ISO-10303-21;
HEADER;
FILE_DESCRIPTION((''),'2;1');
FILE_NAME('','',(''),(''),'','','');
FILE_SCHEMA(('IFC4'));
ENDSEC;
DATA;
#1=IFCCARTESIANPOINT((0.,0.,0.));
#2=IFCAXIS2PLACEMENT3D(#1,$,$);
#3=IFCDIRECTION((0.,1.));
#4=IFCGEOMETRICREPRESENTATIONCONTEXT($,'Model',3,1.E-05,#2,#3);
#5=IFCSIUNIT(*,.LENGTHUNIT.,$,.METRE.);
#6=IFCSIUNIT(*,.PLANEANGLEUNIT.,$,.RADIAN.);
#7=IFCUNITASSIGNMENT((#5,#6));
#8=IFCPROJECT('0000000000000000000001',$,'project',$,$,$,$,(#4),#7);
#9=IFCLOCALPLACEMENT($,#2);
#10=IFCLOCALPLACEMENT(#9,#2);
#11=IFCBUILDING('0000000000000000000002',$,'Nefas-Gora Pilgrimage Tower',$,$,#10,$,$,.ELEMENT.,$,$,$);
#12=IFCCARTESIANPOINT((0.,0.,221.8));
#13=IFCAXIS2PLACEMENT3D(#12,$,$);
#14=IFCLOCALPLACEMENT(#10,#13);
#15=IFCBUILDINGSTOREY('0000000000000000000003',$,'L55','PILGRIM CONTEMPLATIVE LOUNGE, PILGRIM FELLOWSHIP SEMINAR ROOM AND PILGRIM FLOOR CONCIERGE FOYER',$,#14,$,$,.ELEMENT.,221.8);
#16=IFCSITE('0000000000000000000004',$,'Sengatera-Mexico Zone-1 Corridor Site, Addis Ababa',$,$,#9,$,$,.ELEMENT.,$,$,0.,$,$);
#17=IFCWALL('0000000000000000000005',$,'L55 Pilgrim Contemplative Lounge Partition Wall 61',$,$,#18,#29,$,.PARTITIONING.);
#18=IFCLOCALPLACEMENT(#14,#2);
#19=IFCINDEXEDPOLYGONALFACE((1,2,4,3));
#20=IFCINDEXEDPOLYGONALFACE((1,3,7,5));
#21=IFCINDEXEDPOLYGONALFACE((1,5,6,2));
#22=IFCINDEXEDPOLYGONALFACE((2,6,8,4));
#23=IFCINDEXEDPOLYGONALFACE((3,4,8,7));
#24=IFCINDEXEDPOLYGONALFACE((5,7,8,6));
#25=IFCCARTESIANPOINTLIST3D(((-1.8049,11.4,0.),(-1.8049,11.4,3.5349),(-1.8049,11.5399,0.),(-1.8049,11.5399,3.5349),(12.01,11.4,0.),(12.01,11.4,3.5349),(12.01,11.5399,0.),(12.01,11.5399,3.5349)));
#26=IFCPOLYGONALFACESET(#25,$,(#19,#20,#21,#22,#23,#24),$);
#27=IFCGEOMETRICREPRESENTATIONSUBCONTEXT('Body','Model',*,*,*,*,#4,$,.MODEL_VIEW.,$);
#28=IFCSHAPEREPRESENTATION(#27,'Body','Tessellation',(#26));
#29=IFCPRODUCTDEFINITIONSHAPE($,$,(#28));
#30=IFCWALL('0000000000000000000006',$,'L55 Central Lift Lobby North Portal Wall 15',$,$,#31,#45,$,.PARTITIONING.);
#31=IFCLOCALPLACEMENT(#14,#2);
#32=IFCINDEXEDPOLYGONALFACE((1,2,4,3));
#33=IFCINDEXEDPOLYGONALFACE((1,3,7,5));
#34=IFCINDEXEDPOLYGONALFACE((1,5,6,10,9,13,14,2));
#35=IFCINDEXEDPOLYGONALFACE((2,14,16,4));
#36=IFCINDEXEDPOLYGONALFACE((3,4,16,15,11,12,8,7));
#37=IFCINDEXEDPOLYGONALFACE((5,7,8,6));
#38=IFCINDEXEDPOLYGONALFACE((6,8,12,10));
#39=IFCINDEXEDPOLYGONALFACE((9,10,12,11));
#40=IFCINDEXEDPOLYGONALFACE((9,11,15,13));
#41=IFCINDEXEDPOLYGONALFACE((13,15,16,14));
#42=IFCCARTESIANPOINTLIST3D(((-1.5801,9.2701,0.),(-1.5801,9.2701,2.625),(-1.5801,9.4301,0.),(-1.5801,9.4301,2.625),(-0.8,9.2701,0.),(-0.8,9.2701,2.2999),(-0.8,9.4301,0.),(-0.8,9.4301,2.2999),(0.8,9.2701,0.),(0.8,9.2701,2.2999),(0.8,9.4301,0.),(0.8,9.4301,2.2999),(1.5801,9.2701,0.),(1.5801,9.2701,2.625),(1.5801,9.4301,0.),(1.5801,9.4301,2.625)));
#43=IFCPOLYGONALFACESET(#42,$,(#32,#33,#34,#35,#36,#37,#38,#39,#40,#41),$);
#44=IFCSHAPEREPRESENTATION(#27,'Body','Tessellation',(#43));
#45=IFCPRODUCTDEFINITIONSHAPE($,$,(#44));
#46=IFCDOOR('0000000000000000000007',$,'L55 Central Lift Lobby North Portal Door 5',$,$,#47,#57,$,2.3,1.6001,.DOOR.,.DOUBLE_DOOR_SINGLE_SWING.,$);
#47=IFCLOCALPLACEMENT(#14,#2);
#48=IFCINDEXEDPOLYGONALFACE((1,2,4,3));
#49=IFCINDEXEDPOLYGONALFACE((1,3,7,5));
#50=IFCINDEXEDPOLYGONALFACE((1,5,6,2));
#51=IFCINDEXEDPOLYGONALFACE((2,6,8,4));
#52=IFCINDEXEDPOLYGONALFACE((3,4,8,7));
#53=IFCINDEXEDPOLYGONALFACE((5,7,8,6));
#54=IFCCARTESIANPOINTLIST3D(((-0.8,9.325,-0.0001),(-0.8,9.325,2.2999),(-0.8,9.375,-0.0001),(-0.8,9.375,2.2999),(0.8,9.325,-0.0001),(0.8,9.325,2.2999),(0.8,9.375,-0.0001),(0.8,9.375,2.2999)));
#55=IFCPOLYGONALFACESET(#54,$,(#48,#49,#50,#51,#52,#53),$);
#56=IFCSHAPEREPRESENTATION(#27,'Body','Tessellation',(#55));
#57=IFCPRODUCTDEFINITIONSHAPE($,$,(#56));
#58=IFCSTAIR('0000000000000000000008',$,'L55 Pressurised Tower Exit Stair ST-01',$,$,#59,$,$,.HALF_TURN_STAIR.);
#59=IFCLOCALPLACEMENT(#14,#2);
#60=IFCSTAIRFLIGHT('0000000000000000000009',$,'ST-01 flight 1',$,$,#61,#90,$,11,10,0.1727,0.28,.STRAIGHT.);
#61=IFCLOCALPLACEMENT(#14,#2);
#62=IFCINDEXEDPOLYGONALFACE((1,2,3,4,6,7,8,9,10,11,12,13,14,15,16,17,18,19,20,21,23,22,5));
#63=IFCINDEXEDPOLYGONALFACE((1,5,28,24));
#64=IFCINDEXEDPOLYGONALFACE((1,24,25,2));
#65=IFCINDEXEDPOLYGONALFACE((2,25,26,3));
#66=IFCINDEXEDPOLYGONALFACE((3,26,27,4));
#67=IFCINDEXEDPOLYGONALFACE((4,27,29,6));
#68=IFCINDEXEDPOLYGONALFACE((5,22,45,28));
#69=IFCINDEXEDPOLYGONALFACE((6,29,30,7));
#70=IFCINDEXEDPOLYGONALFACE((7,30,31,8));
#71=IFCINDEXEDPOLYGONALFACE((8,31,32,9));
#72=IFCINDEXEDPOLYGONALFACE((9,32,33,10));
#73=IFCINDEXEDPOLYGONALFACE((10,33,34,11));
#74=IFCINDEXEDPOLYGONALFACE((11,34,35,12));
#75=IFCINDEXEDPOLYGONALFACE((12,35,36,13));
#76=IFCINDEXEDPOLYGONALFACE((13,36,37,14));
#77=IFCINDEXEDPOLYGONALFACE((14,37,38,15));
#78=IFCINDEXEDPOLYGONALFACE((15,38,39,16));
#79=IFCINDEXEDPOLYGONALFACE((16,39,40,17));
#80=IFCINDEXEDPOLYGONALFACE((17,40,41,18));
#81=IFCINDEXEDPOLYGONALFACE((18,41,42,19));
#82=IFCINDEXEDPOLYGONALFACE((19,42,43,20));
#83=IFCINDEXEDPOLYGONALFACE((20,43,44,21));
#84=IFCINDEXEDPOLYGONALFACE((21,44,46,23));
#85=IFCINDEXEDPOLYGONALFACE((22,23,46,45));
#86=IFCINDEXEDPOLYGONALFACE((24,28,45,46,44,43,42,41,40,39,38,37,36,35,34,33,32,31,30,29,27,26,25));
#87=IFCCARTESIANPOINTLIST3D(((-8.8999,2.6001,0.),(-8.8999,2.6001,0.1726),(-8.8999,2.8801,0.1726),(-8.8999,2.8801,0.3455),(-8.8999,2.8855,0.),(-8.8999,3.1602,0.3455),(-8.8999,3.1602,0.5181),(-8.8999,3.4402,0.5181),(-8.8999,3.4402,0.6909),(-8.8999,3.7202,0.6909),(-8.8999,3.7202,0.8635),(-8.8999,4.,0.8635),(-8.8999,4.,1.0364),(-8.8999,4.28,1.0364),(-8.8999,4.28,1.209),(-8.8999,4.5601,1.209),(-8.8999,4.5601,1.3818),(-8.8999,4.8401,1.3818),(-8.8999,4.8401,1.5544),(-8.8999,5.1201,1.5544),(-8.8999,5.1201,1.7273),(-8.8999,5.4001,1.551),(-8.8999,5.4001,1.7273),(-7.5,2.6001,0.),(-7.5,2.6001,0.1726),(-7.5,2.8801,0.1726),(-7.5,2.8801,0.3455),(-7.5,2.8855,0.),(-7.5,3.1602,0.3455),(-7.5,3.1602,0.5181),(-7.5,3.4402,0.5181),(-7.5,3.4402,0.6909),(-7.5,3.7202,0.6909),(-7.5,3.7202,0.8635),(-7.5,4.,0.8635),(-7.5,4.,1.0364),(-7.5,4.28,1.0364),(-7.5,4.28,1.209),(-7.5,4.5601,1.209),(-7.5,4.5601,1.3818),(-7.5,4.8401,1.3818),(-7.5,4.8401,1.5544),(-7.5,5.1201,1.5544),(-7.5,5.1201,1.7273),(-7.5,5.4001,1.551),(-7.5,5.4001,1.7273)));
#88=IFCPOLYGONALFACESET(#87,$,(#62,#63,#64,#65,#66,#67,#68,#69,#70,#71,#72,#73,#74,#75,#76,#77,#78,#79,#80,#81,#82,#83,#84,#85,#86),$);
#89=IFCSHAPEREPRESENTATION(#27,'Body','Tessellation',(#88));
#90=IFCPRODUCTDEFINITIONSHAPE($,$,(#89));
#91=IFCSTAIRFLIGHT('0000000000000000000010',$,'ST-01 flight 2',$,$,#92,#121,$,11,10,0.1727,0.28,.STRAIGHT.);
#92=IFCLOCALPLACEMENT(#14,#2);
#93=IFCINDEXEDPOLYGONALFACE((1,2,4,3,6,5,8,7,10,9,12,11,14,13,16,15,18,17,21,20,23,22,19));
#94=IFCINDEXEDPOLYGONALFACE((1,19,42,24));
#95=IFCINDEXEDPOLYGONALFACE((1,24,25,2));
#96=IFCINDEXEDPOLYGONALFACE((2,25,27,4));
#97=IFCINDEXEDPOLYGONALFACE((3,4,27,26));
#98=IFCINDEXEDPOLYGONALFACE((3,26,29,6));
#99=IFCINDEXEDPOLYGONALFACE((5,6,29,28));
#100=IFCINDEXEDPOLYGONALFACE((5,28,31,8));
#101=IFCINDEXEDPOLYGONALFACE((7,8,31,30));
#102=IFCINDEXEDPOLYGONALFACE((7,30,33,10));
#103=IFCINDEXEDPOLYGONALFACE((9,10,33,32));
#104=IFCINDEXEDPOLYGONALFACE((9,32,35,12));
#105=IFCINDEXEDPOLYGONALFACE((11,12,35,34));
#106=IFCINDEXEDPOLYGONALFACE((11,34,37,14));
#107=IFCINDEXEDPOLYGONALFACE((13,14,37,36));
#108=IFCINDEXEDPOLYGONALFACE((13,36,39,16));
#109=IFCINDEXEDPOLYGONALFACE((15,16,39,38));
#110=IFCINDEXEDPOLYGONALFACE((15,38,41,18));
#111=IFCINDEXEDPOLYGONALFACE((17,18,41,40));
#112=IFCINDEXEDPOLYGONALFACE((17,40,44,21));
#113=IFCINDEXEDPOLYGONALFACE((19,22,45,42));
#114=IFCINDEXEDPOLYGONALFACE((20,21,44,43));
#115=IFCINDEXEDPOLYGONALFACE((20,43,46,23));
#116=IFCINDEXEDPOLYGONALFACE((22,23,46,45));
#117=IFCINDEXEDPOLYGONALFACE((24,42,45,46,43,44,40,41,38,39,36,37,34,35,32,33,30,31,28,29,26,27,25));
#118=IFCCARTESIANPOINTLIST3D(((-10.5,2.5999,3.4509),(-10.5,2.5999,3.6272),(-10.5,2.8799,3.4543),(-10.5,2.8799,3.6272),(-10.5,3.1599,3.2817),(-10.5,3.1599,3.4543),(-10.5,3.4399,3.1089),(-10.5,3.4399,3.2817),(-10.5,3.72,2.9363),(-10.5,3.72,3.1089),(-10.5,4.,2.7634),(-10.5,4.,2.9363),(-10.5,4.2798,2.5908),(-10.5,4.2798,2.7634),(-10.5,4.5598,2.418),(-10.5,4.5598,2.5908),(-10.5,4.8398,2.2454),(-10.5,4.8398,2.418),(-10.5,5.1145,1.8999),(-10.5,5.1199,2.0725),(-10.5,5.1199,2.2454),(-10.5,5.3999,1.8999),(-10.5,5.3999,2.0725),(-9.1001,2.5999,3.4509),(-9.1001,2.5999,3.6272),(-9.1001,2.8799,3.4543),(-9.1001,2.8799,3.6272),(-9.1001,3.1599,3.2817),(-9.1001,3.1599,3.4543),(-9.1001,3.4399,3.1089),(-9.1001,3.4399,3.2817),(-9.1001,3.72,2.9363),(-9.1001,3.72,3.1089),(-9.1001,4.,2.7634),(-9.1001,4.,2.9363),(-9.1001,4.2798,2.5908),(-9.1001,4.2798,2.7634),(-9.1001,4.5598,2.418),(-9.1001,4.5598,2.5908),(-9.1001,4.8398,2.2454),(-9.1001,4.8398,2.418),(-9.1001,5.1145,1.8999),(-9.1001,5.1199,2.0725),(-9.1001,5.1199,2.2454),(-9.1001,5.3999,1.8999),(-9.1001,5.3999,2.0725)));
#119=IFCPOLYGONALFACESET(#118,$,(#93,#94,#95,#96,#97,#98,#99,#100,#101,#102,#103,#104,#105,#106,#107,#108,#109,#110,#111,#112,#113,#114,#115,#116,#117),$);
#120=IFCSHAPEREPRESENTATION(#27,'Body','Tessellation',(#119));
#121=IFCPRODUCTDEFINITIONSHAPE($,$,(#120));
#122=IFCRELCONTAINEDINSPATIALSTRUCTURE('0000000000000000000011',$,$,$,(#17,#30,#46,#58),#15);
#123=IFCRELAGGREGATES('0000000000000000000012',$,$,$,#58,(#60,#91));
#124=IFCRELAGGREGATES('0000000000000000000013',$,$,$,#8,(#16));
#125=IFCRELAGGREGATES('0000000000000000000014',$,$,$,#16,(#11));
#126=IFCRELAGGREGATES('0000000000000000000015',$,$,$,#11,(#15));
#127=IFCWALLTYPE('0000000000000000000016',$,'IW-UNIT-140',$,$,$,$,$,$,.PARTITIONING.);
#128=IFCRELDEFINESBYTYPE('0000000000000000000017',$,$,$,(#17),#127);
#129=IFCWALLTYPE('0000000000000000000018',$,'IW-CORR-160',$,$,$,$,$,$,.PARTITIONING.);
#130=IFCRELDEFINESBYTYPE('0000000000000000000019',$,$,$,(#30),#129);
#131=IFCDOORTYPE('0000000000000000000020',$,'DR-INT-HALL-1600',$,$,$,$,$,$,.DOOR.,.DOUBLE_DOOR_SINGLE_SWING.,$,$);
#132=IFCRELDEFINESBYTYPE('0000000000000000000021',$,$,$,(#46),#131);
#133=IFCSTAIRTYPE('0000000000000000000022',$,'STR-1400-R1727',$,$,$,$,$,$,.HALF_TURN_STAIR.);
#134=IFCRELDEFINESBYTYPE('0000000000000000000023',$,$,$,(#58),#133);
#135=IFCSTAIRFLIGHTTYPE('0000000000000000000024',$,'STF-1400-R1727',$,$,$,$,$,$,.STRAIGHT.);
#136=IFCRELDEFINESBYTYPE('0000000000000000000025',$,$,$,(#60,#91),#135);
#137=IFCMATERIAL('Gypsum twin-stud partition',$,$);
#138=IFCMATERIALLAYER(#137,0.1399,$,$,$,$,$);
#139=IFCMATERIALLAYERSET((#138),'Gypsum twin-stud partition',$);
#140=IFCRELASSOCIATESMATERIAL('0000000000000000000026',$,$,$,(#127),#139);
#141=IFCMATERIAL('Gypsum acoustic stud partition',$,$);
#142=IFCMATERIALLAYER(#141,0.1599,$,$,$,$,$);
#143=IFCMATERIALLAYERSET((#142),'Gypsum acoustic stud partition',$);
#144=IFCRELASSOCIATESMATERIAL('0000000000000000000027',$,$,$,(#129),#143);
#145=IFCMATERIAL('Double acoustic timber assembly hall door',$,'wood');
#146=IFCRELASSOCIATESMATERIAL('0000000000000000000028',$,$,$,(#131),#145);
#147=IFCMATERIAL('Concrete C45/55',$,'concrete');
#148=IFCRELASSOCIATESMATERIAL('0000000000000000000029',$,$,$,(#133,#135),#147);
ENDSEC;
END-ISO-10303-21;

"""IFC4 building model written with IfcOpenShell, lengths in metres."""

from ifc_helpers import new_model, si_unit, direction, frame, frame_2d, origin, place, context, subcontext, project, spatial, polyline, rectangle, outline, extrude, source, transform, mapped, material, layer, layer_set, type_object, element, fill, aggregate, save


model = new_model("IFC4")

# Units and contexts
model_context = context("Model", 3, precision=1e-05, world=origin(), true_north=direction((0.0, 1.0)))
body_context = subcontext(model_context, "Body", "Model", "MODEL_VIEW")
ifc_project = project(units=[si_unit("LENGTHUNIT", "METRE"), si_unit("PLANEANGLEUNIT", "RADIAN")], contexts=[model_context])

# Site, building, storey
site_placement = place(None, origin())
site = spatial("IfcSite", under=ifc_project, at=site_placement, Name="Sengatera-Mexico Zone-1 Corridor Site, Addis Ababa", CompositionType="ELEMENT", RefElevation=0.0)
building_placement = place(site_placement, origin())
building = spatial("IfcBuilding", under=site, at=building_placement, Name="Nefas-Gora Pilgrimage Tower", CompositionType="ELEMENT")
storey_placement = place(building_placement, frame((0.0, 0.0, 221.8)))
storey = spatial("IfcBuildingStorey", under=building, at=storey_placement, Name="L55", Description="PILGRIM CONTEMPLATIVE LOUNGE, PILGRIM FELLOWSHIP SEMINAR ROOM AND PILGRIM FLOOR CONCIERGE FOYER", CompositionType="ELEMENT", Elevation=221.8)

# Shared definitions
ifc_material_1 = material(Name="Concrete C45/55", Category="concrete")

# Shared definitions
ifc_material_2 = material(Name="Gypsum twin-stud partition")
ifc_layer_1 = layer(ifc_material_2, 0.1399)
ifc_layer_set_1 = layer_set([ifc_layer_1], Name="Gypsum twin-stud partition")
wall_type_1 = type_object("IfcWallType", Name="IW-UNIT-140", PredefinedType="PARTITIONING", material=ifc_layer_set_1)

# Wall
shared_shape_1 = source(origin(), body_context, "Body", "SweptSolid", [
    extrude(rectangle(XDim=13.8149, YDim=0.1399, at=frame_2d((6.9075, 0.0))), origin(), (0.0, 0.0, 1.0), 3.5349),
])
wall_1_placement = place(storey_placement, frame((-1.8049, 11.47, 0.0), z_axis=(0.0, 0.0, 1.0), x_axis=(1.0, 0.0, 0.0)))
element("IfcWall", 1, at=wall_1_placement, inside=storey, type_object=wall_type_1, Name="L55 Pilgrim Contemplative Lounge Partition Wall 61", PredefinedType="PARTITIONING", context=body_context, shape_type="MappedRepresentation", body=[
    mapped(shared_shape_1, transform((0.0, 0.0, 0.0), x_axis=(1.0, 0.0, 0.0), y_axis=(0.0, 1.0, 0.0), z_axis=(0.0, 0.0, 1.0), scale=1.0)),
])

# Wall, opening, door
ifc_material_3 = material(Name="Gypsum acoustic stud partition")
ifc_layer_2 = layer(ifc_material_3, 0.1599)
ifc_layer_set_2 = layer_set([ifc_layer_2], Name="Gypsum acoustic stud partition")
wall_type_2 = type_object("IfcWallType", Name="IW-CORR-160", PredefinedType="PARTITIONING", material=ifc_layer_set_2)
shared_shape_2 = source(origin(), body_context, "Body", "SweptSolid", [
    extrude(rectangle(XDim=3.1602, YDim=0.1599, at=frame_2d((1.5801, 0.0))), origin(), (0.0, 0.0, 1.0), 2.625),
])
wall_2_placement = place(storey_placement, frame((-1.5801, 9.3501, 0.0), z_axis=(0.0, 0.0, 1.0), x_axis=(1.0, 0.0, 0.0)))
wall_2 = element("IfcWall", 2, at=wall_2_placement, inside=storey, type_object=wall_type_2, Name="L55 Central Lift Lobby North Portal Wall 15", PredefinedType="PARTITIONING", context=body_context, shape_type="MappedRepresentation", body=[
    mapped(shared_shape_2, transform((0.0, 0.0, 0.0), x_axis=(1.0, 0.0, 0.0), y_axis=(0.0, 1.0, 0.0), z_axis=(0.0, 0.0, 1.0), scale=1.0)),
])
opening_1_placement = place(wall_2_placement, frame((0.78, 0.0, 0.0)))
opening_1 = element("IfcOpeningElement", 3, at=opening_1_placement, cuts=wall_2, PredefinedType="OPENING", context=body_context, shape_type="SweptSolid", body=[
    extrude(rectangle(XDim=1.6001, YDim=2.3, at=frame_2d((0.8, 1.1499))), frame((0.0, 0.0898, 0.0), z_axis=(0.0, -1.0, 0.0), x_axis=(1.0, 0.0, 0.0)), (0.0, 0.0, 1.0), 0.1799),
])
ifc_material_4 = material(Name="Double acoustic timber assembly hall door", Category="wood")
door_type_1 = type_object("IfcDoorType", Name="DR-INT-HALL-1600", OperationType="DOUBLE_DOOR_SINGLE_SWING", PredefinedType="DOOR", material=ifc_material_4)
shared_shape_3 = source(origin(), body_context, "Body", "SweptSolid", [
    extrude(rectangle(XDim=1.6001, YDim=2.3, at=frame_2d((0.8, 1.1499))), frame((0.0, 0.0249, 0.0), z_axis=(0.0, -1.0, 0.0), x_axis=(1.0, 0.0, 0.0)), (0.0, 0.0, 1.0), 0.05),
])
door_1_placement = place(opening_1_placement, origin())
door_1 = element("IfcDoor", 4, at=door_1_placement, inside=storey, type_object=door_type_1, Name="L55 Central Lift Lobby North Portal Door 5", OperationType="DOUBLE_DOOR_SINGLE_SWING", OverallHeight=2.3, OverallWidth=1.6001, PredefinedType="DOOR", context=body_context, shape_type="MappedRepresentation", body=[
    mapped(shared_shape_3, transform((0.0, 0.0, 0.0), x_axis=(1.0, 0.0, 0.0), y_axis=(0.0, 1.0, 0.0), z_axis=(0.0, 0.0, 1.0), scale=1.0)),
])
fill(opening_1, door_1)

# Stair, stair flights
stair_type = type_object("IfcStairType", Name="STR-1400-R1727", PredefinedType="HALF_TURN_STAIR", material=ifc_material_1)
stair_placement = place(storey_placement, origin())
stair = element("IfcStair", 5, at=stair_placement, inside=storey, type_object=stair_type, Name="L55 Pressurised Tower Exit Stair ST-01", PredefinedType="HALF_TURN_STAIR")
stair_flight_type = type_object("IfcStairFlightType", Name="STF-1400-R1727", PredefinedType="STRAIGHT", material=ifc_material_1)
shared_shape_4 = source(origin(), body_context, "Body", "SweptSolid", [
    extrude(outline(polyline([(0.0, 0.0), (0.0, 0.1726), (0.28, 0.1726), (0.28, 0.3455), (0.5601, 0.3455), (0.5601, 0.5181), (0.8401, 0.5181), (0.8401, 0.6909), (1.1201, 0.6909), (1.1201, 0.8635), (1.3999, 0.8635), (1.3999, 1.0364), (1.6799, 1.0364), (1.6799, 1.209), (1.96, 1.209), (1.96, 1.3818), (2.24, 1.3818), (2.24, 1.5544), (2.52, 1.5544), (2.52, 1.7273), (2.8, 1.7273), (2.8, 1.8999), (2.8, 1.551), (0.2854, 0.0), (0.0, 0.0)])), frame((0.0, 0.7, 0.0), z_axis=(0.0, -1.0, 0.0), x_axis=(1.0, 0.0, 0.0)), (0.0, 0.0, 1.0), 1.3999),
])
stair_flight_1_placement = place(storey_placement, frame((-8.2, 2.6001, 0.0), z_axis=(0.0, 0.0, 1.0), x_axis=(0.0, 1.0, 0.0)))
stair_flight_1 = element("IfcStairFlight", 6, at=stair_flight_1_placement, type_object=stair_flight_type, Name="ST-01 flight 1", NumberOfRisers=11, NumberOfTreads=10, PredefinedType="STRAIGHT", RiserHeight=0.1727, TreadLength=0.28, context=body_context, shape_type="MappedRepresentation", body=[
    mapped(shared_shape_4, transform((0.0, 0.0, 0.0), x_axis=(1.0, 0.0, 0.0), y_axis=(0.0, 1.0, 0.0), z_axis=(0.0, 0.0, 1.0), scale=1.0)),
])
stair_flight_2_placement = place(storey_placement, frame((-9.8, 5.3999, 1.8999), z_axis=(0.0, 0.0, 1.0), x_axis=(0.0, -1.0, 0.0)))
stair_flight_2 = element("IfcStairFlight", 7, at=stair_flight_2_placement, type_object=stair_flight_type, Name="ST-01 flight 2", NumberOfRisers=11, NumberOfTreads=10, PredefinedType="STRAIGHT", RiserHeight=0.1727, TreadLength=0.28, context=body_context, shape_type="MappedRepresentation", body=[
    mapped(shared_shape_4, transform((0.0, 0.0, 0.0), x_axis=(1.0, 0.0, 0.0), y_axis=(0.0, 1.0, 0.0), z_axis=(0.0, 0.0, 1.0), scale=1.0)),
])
aggregate(stair, [stair_flight_1, stair_flight_2])

save(model, "model.ifc")
